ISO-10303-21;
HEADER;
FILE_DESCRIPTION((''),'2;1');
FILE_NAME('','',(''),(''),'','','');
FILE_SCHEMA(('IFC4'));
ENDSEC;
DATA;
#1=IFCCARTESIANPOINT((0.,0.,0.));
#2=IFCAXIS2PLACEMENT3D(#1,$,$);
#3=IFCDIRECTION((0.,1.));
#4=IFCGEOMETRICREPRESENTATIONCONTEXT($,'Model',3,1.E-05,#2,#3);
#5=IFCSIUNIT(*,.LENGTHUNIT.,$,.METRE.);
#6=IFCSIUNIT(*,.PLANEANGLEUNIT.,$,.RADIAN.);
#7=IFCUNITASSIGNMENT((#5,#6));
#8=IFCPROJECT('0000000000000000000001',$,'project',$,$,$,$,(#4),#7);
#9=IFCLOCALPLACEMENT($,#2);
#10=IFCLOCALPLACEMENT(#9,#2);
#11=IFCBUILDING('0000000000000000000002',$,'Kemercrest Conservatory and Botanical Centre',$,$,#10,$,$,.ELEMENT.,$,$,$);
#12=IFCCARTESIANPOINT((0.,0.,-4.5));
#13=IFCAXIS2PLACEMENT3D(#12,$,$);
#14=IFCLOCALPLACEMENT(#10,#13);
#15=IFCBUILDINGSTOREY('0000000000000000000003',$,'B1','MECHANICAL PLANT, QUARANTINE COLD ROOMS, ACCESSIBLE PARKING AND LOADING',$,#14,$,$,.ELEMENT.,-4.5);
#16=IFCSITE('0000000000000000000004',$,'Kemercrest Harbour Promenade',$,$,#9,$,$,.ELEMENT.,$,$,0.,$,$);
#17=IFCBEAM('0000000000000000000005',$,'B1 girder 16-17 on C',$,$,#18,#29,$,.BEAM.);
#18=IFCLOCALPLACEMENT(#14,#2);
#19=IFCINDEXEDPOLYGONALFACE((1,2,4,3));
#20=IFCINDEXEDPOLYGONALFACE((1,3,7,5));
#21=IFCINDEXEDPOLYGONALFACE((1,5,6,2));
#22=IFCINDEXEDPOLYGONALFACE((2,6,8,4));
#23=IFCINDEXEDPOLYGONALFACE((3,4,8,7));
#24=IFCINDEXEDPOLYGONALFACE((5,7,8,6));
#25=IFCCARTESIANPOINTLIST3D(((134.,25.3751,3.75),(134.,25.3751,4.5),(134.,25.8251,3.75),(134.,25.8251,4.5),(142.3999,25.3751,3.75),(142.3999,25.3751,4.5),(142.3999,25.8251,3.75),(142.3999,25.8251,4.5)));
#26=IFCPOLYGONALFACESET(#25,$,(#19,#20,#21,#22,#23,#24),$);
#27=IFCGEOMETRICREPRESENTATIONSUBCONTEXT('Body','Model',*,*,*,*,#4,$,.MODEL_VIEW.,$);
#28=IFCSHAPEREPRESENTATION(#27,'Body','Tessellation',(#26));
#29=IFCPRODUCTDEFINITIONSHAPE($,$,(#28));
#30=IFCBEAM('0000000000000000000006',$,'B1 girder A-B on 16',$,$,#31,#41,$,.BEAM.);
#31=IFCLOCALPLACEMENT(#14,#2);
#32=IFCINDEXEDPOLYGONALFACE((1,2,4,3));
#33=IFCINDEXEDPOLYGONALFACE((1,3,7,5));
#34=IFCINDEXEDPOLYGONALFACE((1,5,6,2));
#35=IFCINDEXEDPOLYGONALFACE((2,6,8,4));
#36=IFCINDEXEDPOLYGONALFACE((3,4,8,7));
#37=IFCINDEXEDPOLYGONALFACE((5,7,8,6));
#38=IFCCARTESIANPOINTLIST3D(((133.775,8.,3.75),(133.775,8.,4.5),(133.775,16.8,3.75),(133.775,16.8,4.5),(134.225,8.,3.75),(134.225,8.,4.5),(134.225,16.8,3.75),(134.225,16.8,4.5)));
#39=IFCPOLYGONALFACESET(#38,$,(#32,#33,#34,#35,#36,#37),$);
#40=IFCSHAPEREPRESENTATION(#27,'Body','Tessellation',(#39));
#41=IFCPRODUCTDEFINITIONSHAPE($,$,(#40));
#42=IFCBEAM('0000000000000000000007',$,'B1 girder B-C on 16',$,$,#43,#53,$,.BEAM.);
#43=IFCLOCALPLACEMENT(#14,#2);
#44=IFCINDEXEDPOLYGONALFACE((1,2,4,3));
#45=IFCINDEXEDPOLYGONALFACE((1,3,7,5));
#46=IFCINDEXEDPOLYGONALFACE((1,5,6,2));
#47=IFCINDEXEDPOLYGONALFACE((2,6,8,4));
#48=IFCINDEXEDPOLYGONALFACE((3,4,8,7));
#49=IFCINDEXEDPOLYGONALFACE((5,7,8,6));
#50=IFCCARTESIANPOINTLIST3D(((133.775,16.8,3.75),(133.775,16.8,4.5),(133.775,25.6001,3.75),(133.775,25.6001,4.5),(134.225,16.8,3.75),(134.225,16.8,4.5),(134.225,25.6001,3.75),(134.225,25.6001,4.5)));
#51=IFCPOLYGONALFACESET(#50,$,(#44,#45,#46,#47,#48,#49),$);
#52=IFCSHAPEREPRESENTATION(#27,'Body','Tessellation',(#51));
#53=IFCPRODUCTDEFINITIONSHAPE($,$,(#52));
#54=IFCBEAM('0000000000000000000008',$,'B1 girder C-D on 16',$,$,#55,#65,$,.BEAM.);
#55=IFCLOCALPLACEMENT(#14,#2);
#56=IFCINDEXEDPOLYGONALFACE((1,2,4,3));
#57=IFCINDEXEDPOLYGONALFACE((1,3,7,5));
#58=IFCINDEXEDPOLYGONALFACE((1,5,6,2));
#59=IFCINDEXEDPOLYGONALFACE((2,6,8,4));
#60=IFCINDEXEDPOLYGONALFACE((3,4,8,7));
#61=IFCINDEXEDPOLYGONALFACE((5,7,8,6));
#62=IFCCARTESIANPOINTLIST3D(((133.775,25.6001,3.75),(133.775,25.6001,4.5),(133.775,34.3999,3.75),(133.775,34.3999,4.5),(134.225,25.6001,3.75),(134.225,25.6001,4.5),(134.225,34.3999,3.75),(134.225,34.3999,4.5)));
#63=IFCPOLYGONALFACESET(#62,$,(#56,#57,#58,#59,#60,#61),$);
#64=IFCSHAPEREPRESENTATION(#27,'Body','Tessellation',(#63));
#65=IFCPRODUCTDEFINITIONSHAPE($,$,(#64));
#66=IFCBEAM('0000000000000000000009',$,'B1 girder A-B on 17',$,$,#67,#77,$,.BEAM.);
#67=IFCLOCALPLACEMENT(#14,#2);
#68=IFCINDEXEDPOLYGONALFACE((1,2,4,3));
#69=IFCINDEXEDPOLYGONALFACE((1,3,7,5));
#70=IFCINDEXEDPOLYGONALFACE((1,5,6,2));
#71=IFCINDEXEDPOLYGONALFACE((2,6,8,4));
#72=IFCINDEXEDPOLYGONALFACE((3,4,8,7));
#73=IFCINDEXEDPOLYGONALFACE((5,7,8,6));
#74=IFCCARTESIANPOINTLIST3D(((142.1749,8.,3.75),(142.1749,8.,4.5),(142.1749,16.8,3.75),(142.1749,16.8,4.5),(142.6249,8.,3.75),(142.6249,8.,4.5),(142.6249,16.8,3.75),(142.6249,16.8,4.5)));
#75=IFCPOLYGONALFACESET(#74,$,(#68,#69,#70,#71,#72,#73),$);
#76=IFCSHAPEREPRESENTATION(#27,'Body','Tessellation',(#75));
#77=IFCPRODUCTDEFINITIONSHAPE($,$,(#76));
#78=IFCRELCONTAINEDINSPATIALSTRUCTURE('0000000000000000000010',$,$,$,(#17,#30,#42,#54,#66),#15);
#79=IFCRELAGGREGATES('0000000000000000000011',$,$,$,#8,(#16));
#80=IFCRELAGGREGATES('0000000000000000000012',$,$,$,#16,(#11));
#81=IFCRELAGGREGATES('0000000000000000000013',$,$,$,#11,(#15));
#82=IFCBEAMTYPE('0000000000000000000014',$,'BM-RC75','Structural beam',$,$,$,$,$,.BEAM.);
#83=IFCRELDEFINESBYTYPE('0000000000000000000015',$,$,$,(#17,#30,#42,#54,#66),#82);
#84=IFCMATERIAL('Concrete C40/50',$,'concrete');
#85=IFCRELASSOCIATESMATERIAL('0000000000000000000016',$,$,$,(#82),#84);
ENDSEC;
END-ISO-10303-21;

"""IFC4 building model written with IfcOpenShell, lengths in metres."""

from ifc_helpers import new_model, si_unit, direction, frame, origin, origin_2d, place, context, subcontext, project, spatial, rectangle, extrude, material, material_profile, profile_set, type_object, element, save


model = new_model("IFC4")

# Units and contexts
model_context = context("Model", 3, precision=1e-05, world=origin(), true_north=direction((0.0, 1.0)))
body_context = subcontext(model_context, "Body", "Model", "MODEL_VIEW")
ifc_project = project(units=[si_unit("LENGTHUNIT", "METRE"), si_unit("PLANEANGLEUNIT", "RADIAN")], contexts=[model_context])

# Site, building, storey
site_placement = place(None, origin())
site = spatial("IfcSite", under=ifc_project, at=site_placement, Name="Kemercrest Harbour Promenade", CompositionType="ELEMENT", RefElevation=0.0)
building_placement = place(site_placement, origin())
building = spatial("IfcBuilding", under=site, at=building_placement, Name="Kemercrest Conservatory and Botanical Centre", CompositionType="ELEMENT")
storey_placement = place(building_placement, frame((0.0, 0.0, -4.5)))
storey = spatial("IfcBuildingStorey", under=building, at=storey_placement, Name="B1", Description="MECHANICAL PLANT, QUARANTINE COLD ROOMS, ACCESSIBLE PARKING AND LOADING", CompositionType="ELEMENT", Elevation=-4.5)

# Shared definitions
ifc_material_1 = material(Name="Concrete C40/50", Category="concrete")

# Beams
ifc_material_profile_1 = material_profile(ifc_material_1, rectangle(XDim=0.45, YDim=0.75, at=origin_2d()), Name="RC 450x750")
ifc_profile_set_1 = profile_set([ifc_material_profile_1], Name="Concrete C40/50")
beam_type = type_object("IfcBeamType", Name="BM-RC75", Description="Structural beam", PredefinedType="BEAM", material=ifc_profile_set_1)
for number, where, z_axis, x_axis, name in (
    (1, (134.0, 25.6001, 4.125), (1.0, 0.0, 0.0), (0.0, 1.0, 0.0), "B1 girder 16-17 on C"),
):
    element("IfcBeam", number, at=place(storey_placement, frame(where, z_axis=z_axis, x_axis=x_axis)), inside=storey, type_object=beam_type, Name=name, PredefinedType="BEAM", context=body_context, shape_type="SweptSolid", body=[
        extrude(rectangle(XDim=0.45, YDim=0.75, at=origin_2d()), origin(), (0.0, 0.0, 1.0), 8.3999),
    ])
for number, where, z_axis, x_axis, name in (
    (2, (134.0, 8.0, 4.125), (0.0, 1.0, 0.0), (-1.0, 0.0, 0.0), "B1 girder A-B on 16"),
    (3, (134.0, 16.8, 4.125), (0.0, 1.0, 0.0), (-1.0, 0.0, 0.0), "B1 girder B-C on 16"),
):
    element("IfcBeam", number, at=place(storey_placement, frame(where, z_axis=z_axis, x_axis=x_axis)), inside=storey, type_object=beam_type, Name=name, PredefinedType="BEAM", context=body_context, shape_type="SweptSolid", body=[
        extrude(rectangle(XDim=0.45, YDim=0.75, at=origin_2d()), origin(), (0.0, 0.0, 1.0), 8.8),
    ])
beam_1_placement = place(storey_placement, frame((134.0, 25.6001, 4.125), z_axis=(0.0, 1.0, 0.0), x_axis=(-1.0, 0.0, 0.0)))
element("IfcBeam", 4, at=beam_1_placement, inside=storey, type_object=beam_type, Name="B1 girder C-D on 16", PredefinedType="BEAM", context=body_context, shape_type="SweptSolid", body=[
    extrude(rectangle(XDim=0.45, YDim=0.75, at=origin_2d()), origin(), (0.0, 0.0, 1.0), 8.7998),
])
beam_2_placement = place(storey_placement, frame((142.3999, 8.0, 4.125), z_axis=(0.0, 1.0, 0.0), x_axis=(-1.0, 0.0, 0.0)))
element("IfcBeam", 5, at=beam_2_placement, inside=storey, type_object=beam_type, Name="B1 girder A-B on 17", PredefinedType="BEAM", context=body_context, shape_type="SweptSolid", body=[
    extrude(rectangle(XDim=0.45, YDim=0.75, at=origin_2d()), origin(), (0.0, 0.0, 1.0), 8.8),
])

save(model, "model.ifc")
